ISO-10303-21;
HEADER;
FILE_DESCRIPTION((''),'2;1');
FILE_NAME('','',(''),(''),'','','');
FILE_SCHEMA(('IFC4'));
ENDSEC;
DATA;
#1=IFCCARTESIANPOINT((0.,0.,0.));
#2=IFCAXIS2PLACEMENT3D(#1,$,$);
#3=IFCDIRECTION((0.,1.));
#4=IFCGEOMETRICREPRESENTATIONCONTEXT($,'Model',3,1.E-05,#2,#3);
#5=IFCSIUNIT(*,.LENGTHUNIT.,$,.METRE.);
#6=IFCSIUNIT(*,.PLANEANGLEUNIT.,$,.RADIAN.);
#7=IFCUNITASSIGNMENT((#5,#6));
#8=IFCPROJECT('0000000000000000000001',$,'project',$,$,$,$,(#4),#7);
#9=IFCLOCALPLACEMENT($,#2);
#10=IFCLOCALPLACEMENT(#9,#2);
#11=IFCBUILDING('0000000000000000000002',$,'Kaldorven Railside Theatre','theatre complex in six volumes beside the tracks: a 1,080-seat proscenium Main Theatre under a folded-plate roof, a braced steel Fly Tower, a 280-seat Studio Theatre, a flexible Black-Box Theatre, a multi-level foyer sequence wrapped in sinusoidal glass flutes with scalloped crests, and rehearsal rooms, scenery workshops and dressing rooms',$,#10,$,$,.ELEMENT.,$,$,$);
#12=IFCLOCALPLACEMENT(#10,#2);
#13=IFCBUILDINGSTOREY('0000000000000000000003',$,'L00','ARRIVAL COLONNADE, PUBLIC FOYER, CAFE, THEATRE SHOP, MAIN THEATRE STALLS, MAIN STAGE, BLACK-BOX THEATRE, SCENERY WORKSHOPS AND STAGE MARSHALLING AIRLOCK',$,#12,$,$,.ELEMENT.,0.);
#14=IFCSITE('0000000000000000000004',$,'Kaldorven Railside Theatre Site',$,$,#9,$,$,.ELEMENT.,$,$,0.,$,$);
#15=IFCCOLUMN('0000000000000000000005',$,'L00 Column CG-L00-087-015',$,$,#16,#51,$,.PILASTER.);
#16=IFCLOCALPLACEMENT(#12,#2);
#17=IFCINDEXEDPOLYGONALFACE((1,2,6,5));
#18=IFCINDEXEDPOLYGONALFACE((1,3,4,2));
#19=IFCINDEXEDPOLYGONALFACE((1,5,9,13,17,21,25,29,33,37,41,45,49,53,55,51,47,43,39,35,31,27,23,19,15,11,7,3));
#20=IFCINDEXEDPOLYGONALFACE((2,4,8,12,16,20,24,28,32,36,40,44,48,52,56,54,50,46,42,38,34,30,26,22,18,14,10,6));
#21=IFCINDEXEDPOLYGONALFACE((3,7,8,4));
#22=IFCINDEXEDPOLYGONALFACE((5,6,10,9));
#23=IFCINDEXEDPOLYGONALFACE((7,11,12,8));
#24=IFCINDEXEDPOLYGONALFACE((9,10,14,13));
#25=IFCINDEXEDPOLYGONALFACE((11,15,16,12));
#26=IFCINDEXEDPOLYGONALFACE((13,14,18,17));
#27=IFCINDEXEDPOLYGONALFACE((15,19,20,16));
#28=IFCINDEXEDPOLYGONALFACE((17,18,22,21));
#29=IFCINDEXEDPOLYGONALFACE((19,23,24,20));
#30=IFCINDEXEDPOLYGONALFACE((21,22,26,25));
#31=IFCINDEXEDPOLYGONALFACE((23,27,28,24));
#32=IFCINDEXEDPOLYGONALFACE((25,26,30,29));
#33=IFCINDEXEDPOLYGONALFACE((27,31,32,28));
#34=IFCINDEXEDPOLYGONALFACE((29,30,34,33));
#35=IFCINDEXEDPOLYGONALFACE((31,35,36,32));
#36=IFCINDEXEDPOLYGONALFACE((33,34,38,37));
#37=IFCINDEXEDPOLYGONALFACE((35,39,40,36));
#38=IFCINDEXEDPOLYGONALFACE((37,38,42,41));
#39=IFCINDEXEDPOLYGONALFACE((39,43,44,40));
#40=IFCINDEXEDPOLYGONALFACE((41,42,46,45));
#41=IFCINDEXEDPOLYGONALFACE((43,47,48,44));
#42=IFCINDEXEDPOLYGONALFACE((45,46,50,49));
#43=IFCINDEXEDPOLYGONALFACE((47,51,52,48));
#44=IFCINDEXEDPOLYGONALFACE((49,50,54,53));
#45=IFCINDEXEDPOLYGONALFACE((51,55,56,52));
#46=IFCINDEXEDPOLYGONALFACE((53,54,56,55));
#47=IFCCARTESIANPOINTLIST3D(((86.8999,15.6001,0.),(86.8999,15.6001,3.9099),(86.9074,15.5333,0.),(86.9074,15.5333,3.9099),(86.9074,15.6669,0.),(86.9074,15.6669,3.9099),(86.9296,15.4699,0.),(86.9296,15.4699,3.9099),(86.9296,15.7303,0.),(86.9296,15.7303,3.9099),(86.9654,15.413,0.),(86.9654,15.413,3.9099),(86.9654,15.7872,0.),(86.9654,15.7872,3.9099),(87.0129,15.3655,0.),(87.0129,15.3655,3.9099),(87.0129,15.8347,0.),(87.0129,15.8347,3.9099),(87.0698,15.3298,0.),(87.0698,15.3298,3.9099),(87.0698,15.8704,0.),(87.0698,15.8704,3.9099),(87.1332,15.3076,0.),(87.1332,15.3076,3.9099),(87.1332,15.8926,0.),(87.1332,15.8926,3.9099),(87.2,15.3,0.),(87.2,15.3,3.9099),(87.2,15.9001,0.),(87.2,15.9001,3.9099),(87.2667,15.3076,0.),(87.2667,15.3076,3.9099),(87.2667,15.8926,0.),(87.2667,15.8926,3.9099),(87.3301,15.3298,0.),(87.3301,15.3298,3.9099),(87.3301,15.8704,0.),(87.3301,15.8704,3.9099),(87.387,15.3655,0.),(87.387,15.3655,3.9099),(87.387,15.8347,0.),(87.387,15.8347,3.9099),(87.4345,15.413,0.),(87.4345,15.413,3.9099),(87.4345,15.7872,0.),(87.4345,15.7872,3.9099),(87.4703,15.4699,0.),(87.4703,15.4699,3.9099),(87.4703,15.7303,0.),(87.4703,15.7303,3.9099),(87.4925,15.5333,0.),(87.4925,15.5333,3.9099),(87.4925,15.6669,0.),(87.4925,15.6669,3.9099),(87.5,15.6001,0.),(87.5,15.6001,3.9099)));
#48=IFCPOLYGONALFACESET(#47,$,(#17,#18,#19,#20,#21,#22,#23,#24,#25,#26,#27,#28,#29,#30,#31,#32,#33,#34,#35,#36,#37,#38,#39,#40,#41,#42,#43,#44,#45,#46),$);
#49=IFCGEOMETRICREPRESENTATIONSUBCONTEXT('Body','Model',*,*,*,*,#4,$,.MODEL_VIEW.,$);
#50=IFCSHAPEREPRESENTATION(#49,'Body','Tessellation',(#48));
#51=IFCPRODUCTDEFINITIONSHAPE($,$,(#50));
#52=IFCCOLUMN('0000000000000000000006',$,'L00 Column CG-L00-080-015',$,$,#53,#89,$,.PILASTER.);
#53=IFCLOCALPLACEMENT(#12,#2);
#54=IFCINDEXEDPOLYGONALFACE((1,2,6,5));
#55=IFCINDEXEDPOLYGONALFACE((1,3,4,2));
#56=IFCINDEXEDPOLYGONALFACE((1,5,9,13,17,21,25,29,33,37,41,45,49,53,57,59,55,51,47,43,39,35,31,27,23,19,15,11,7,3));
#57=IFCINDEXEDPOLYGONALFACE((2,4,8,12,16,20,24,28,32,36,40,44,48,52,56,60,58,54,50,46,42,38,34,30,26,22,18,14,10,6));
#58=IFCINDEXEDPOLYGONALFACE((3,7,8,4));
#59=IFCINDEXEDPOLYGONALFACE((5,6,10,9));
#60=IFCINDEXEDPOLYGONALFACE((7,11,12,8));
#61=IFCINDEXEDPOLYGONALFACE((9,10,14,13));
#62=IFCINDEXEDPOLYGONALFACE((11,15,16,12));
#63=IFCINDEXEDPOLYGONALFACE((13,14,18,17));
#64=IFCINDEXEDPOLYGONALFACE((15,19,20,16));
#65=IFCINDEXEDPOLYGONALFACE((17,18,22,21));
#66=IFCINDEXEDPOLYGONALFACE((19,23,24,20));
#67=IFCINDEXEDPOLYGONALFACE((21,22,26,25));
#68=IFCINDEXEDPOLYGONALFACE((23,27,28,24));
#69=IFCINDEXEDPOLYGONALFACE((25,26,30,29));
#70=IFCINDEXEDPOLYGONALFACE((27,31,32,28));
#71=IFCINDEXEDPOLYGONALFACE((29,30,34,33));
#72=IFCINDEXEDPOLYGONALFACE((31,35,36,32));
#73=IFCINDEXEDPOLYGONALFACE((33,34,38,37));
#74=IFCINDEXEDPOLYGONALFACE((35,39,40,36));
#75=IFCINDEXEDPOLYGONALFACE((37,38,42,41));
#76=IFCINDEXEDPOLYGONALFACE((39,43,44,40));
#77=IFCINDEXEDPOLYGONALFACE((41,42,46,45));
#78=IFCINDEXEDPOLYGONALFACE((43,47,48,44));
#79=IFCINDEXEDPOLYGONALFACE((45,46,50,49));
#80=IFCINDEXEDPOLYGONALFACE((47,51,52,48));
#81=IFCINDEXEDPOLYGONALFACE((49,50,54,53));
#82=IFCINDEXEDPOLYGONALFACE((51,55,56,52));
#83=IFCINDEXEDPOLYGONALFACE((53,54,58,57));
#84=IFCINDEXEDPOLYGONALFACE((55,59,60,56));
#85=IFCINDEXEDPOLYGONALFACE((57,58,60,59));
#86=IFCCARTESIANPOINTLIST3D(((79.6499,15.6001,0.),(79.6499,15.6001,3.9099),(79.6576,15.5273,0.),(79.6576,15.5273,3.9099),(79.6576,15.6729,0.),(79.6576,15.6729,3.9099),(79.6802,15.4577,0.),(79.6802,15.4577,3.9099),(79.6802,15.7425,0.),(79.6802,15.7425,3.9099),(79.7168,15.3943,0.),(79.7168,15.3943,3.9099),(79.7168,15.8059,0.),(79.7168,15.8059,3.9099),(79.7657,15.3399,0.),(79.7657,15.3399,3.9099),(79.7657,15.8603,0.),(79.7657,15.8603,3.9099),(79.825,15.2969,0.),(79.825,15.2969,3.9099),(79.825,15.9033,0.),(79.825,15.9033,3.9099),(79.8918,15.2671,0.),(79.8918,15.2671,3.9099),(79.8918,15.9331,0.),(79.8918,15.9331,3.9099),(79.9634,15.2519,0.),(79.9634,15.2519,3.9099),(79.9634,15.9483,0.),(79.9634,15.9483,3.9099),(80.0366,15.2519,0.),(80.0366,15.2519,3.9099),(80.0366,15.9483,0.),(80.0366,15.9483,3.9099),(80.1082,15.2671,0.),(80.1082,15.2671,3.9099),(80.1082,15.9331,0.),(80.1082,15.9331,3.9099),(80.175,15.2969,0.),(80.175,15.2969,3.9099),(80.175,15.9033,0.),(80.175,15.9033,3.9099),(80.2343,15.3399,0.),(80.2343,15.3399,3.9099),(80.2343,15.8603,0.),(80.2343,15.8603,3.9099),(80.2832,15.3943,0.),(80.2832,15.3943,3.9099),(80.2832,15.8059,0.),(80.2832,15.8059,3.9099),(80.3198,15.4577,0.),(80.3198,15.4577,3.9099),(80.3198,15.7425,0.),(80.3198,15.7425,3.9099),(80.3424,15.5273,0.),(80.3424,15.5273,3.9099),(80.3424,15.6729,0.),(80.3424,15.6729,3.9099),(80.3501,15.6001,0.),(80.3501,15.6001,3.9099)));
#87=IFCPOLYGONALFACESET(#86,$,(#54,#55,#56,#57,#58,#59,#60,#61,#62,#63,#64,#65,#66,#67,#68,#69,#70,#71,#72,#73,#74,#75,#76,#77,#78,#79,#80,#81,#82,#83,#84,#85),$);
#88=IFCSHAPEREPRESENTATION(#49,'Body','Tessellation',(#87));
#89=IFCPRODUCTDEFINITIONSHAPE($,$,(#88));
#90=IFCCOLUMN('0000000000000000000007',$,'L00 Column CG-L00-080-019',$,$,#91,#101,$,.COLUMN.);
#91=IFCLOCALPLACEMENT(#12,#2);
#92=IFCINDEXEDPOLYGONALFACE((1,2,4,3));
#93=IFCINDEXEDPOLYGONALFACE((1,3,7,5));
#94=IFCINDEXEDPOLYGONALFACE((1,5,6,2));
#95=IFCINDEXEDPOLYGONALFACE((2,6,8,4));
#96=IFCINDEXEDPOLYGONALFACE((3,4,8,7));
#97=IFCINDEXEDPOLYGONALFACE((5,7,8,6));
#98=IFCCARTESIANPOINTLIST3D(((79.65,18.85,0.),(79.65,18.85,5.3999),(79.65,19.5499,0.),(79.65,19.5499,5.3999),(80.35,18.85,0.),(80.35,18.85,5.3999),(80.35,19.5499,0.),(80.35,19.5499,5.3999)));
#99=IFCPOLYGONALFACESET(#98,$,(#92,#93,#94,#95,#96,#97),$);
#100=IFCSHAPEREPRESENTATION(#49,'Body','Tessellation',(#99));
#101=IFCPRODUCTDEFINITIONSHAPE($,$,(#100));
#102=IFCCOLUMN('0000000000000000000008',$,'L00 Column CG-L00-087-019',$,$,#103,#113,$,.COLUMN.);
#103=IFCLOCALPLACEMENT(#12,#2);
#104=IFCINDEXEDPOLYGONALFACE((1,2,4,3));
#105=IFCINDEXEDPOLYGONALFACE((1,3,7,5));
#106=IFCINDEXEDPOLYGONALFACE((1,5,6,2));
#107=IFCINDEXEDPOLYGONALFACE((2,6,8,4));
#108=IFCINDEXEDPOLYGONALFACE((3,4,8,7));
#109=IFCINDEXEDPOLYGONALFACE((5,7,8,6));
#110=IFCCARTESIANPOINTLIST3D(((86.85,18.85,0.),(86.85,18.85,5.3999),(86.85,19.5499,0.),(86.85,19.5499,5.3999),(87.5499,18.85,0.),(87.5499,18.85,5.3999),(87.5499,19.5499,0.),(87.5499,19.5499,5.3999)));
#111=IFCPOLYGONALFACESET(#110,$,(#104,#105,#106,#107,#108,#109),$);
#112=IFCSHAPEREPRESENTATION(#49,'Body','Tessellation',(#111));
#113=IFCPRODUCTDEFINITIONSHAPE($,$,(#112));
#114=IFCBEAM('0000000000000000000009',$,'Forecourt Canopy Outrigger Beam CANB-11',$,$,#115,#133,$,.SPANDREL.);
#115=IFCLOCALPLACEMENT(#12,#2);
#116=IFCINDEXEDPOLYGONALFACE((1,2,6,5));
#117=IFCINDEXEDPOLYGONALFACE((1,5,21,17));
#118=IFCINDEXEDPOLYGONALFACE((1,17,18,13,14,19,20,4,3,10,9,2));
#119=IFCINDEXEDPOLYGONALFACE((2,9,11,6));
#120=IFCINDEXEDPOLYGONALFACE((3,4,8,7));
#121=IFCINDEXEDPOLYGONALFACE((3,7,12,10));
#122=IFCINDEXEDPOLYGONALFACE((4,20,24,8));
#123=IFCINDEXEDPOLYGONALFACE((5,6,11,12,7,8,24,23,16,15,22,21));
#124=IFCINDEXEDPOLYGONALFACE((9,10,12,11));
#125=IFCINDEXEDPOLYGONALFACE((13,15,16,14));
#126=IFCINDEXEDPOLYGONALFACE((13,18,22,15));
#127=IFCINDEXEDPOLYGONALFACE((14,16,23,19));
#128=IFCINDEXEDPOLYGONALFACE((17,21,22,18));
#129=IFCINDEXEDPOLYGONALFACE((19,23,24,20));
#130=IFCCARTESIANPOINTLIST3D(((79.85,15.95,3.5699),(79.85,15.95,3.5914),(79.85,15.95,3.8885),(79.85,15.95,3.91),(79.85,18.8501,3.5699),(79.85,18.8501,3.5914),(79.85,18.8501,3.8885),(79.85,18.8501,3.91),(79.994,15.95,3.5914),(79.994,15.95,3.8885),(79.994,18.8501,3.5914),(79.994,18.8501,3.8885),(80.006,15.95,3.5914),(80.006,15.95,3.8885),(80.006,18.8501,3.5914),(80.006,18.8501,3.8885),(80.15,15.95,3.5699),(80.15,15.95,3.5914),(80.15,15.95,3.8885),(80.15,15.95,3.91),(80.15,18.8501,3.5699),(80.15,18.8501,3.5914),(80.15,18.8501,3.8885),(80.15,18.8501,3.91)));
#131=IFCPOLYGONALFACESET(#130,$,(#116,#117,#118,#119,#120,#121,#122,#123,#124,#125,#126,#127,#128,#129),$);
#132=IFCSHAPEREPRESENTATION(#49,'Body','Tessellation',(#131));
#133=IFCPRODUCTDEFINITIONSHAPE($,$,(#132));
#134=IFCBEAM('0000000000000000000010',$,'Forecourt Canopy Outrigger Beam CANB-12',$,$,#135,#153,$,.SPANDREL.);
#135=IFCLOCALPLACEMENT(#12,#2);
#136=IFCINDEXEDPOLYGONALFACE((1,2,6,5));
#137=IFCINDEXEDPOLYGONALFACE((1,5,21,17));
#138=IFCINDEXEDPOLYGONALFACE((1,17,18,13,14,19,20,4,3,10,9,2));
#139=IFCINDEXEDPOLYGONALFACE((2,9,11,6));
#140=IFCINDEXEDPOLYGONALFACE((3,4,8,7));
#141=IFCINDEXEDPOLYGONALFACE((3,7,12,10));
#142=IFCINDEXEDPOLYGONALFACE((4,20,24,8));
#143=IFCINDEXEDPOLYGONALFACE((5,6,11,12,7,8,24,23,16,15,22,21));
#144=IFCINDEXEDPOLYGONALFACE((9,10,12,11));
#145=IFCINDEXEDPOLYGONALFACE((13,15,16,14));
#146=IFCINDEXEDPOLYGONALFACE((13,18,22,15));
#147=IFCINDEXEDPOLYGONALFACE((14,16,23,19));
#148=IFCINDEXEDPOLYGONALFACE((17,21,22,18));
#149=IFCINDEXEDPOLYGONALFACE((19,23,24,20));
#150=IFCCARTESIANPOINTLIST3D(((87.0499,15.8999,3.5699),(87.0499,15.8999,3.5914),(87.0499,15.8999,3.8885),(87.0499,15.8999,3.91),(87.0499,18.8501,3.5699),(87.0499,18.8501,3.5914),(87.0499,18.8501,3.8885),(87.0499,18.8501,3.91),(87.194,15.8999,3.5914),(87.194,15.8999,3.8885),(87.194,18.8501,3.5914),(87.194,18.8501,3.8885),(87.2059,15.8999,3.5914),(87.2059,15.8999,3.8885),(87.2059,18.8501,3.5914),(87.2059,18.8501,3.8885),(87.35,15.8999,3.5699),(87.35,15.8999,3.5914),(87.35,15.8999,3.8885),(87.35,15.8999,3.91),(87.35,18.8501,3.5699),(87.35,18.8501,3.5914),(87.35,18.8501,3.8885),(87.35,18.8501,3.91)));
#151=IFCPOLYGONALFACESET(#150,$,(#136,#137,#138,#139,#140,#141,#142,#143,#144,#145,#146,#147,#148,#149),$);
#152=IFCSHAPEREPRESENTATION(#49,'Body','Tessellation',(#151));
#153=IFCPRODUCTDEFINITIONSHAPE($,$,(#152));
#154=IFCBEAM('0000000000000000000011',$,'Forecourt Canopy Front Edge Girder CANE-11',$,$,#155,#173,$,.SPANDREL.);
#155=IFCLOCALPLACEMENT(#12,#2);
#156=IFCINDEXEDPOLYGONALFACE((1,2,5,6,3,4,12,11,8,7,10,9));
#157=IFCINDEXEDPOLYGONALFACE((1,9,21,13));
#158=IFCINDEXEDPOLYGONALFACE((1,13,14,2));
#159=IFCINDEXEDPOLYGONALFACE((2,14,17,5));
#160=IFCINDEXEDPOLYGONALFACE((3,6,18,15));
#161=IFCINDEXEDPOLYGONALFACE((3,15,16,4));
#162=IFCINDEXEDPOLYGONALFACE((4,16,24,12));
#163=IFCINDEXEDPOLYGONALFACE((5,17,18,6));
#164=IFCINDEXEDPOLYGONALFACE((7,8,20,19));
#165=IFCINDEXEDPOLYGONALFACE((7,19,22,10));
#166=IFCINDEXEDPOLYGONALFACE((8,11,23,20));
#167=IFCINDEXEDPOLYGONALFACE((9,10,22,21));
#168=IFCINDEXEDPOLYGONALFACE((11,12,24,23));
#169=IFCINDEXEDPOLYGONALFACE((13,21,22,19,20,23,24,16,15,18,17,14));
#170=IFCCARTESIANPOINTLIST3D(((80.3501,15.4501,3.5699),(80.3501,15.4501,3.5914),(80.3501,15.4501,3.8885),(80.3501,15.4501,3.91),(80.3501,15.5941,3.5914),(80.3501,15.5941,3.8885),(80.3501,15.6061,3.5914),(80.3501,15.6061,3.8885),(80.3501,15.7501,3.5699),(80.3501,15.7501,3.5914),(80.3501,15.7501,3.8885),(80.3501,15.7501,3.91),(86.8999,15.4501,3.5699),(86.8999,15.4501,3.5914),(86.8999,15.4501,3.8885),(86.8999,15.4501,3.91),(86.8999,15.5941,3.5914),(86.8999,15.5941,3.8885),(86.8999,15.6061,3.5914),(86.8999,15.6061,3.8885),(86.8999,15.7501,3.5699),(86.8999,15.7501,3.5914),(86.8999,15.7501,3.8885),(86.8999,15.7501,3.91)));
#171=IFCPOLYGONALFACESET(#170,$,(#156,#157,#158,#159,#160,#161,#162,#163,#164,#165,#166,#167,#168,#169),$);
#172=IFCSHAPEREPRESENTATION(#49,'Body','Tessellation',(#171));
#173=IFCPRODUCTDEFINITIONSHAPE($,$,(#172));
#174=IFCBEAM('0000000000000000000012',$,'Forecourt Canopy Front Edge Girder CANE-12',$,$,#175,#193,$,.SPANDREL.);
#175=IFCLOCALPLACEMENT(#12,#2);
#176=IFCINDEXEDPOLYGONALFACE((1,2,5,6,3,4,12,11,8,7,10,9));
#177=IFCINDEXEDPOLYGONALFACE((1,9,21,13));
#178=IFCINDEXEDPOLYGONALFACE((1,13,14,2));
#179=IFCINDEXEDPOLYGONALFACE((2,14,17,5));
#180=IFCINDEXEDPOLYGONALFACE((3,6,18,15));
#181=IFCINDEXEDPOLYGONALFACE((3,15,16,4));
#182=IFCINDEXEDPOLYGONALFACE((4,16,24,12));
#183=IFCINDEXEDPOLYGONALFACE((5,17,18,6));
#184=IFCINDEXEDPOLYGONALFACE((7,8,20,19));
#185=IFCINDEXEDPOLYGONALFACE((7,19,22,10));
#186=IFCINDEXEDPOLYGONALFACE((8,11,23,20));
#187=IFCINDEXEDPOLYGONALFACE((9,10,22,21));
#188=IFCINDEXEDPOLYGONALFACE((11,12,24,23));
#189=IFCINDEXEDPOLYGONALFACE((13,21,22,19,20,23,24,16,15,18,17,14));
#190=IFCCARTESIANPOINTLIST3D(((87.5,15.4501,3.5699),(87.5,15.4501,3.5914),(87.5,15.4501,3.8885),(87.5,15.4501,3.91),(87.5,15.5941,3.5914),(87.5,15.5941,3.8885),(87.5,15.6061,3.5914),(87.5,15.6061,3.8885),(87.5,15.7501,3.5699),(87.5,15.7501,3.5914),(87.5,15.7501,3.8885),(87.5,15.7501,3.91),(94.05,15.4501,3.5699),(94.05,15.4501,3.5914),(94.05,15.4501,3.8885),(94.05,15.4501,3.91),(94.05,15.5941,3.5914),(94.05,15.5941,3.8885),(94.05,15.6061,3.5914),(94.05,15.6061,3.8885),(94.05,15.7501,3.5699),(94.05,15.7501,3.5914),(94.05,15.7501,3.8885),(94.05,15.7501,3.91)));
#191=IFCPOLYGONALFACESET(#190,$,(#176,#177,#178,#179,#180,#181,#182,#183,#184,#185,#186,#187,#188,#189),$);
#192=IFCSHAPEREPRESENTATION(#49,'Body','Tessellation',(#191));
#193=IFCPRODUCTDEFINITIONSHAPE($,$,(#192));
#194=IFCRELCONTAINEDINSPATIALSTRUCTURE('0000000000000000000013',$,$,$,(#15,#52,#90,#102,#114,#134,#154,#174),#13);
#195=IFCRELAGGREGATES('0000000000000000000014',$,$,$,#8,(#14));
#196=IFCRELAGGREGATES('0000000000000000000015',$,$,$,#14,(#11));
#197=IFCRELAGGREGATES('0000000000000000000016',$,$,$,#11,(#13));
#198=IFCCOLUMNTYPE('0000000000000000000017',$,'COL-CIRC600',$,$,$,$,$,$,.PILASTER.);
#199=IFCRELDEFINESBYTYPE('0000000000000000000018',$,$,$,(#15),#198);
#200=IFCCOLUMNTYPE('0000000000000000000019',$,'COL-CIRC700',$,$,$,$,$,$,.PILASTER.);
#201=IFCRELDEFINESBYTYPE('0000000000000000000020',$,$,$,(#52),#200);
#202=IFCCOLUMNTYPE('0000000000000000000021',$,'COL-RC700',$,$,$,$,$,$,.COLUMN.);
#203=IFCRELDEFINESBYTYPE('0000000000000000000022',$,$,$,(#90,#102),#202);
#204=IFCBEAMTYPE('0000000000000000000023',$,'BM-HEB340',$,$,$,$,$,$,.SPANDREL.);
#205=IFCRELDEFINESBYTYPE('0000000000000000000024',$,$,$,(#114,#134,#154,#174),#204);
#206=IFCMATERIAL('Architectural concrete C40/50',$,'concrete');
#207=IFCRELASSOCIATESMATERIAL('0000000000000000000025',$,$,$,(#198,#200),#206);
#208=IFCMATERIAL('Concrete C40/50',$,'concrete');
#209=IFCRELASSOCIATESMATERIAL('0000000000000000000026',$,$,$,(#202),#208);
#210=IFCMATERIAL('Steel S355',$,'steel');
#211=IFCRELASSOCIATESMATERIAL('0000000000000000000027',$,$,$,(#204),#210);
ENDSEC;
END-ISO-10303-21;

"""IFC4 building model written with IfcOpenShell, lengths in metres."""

from ifc_helpers import new_model, si_unit, direction, frame, origin, origin_2d, place, context, subcontext, project, spatial, rectangle, circle, i_section, extrude, material, material_profile, profile_set, type_object, element, save


model = new_model("IFC4")

# Units and contexts
model_context = context("Model", 3, precision=1e-05, world=origin(), true_north=direction((0.0, 1.0)))
body_context = subcontext(model_context, "Body", "Model", "MODEL_VIEW")
ifc_project = project(units=[si_unit("LENGTHUNIT", "METRE"), si_unit("PLANEANGLEUNIT", "RADIAN")], contexts=[model_context])

# Site, building, storey
site_placement = place(None, origin())
site = spatial("IfcSite", under=ifc_project, at=site_placement, Name="Kaldorven Railside Theatre Site", CompositionType="ELEMENT", RefElevation=0.0)
building_placement = place(site_placement, origin())
building = spatial("IfcBuilding", under=site, at=building_placement, Name="Kaldorven Railside Theatre", Description="theatre complex in six volumes beside the tracks: a 1,080-seat proscenium Main Theatre under a folded-plate roof, a braced steel Fly Tower, a 280-seat Studio Theatre, a flexible Black-Box Theatre, a multi-level foyer sequence wrapped in sinusoidal glass flutes with scalloped crests, and rehearsal rooms, scenery workshops and dressing rooms", CompositionType="ELEMENT")
storey_placement = place(building_placement, origin())
storey = spatial("IfcBuildingStorey", under=building, at=storey_placement, Name="L00", Description="ARRIVAL COLONNADE, PUBLIC FOYER, CAFE, THEATRE SHOP, MAIN THEATRE STALLS, MAIN STAGE, BLACK-BOX THEATRE, SCENERY WORKSHOPS AND STAGE MARSHALLING AIRLOCK", CompositionType="ELEMENT", Elevation=0.0)

# Columns
ifc_material_1 = material(Name="Architectural concrete C40/50", Category="concrete")
ifc_material_profile_1 = material_profile(ifc_material_1, circle(Radius=0.3, at=origin_2d()), Name="RC D600")
ifc_profile_set_1 = profile_set([ifc_material_profile_1], Name="Architectural concrete C40/50")
column_type_1 = type_object("IfcColumnType", Name="COL-CIRC600", PredefinedType="PILASTER", material=ifc_profile_set_1)
column_1_placement = place(storey_placement, frame((87.2, 15.6001, 0.0), z_axis=(0.0, 0.0, 1.0), x_axis=(1.0, 0.0, 0.0)))
element("IfcColumn", 1, at=column_1_placement, inside=storey, type_object=column_type_1, Name="L00 Column CG-L00-087-015", PredefinedType="PILASTER", context=body_context, shape_type="SweptSolid", body=[
    extrude(circle(Radius=0.3, at=origin_2d()), origin(), (0.0, 0.0, 1.0), 3.9099),
])
ifc_material_profile_2 = material_profile(ifc_material_1, circle(Radius=0.3501, at=origin_2d()), Name="RC D700")
ifc_profile_set_2 = profile_set([ifc_material_profile_2], Name="Architectural concrete C40/50")
column_type_2 = type_object("IfcColumnType", Name="COL-CIRC700", PredefinedType="PILASTER", material=ifc_profile_set_2)
column_2_placement = place(storey_placement, frame((80.0, 15.6001, 0.0), z_axis=(0.0, 0.0, 1.0), x_axis=(1.0, 0.0, 0.0)))
element("IfcColumn", 2, at=column_2_placement, inside=storey, type_object=column_type_2, Name="L00 Column CG-L00-080-015", PredefinedType="PILASTER", context=body_context, shape_type="SweptSolid", body=[
    extrude(circle(Radius=0.3501, at=origin_2d()), origin(), (0.0, 0.0, 1.0), 3.9099),
])
ifc_material_2 = material(Name="Concrete C40/50", Category="concrete")
ifc_material_profile_3 = material_profile(ifc_material_2, rectangle(XDim=0.7, YDim=0.7, at=origin_2d()), Name="RC 700x700")
ifc_profile_set_3 = profile_set([ifc_material_profile_3], Name="Concrete C40/50")
column_type_3 = type_object("IfcColumnType", Name="COL-RC700", PredefinedType="COLUMN", material=ifc_profile_set_3)
for number, where, z_axis, x_axis, name in (
    (3, (80.0, 19.2, 0.0), (0.0, 0.0, 1.0), (0.0, 1.0, 0.0), "L00 Column CG-L00-080-019"),
    (4, (87.2, 19.2, 0.0), (0.0, 0.0, 1.0), (1.0, 0.0, 0.0), "L00 Column CG-L00-087-019"),
):
    element("IfcColumn", number, at=place(storey_placement, frame(where, z_axis=z_axis, x_axis=x_axis)), inside=storey, type_object=column_type_3, Name=name, PredefinedType="COLUMN", context=body_context, shape_type="SweptSolid", body=[
        extrude(rectangle(XDim=0.7, YDim=0.7, at=origin_2d()), origin(), (0.0, 0.0, 1.0), 5.3999),
    ])

# Beams
ifc_material_3 = material(Name="Steel S355", Category="steel")
ifc_material_profile_4 = material_profile(ifc_material_3, i_section(OverallWidth=0.3, OverallDepth=0.3401, WebThickness=0.012, FlangeThickness=0.0215, at=origin_2d()), Name="HEB 340")
ifc_profile_set_4 = profile_set([ifc_material_profile_4], Name="Steel S355")
beam_type_1 = type_object("IfcBeamType", Name="BM-HEB340", PredefinedType="SPANDREL", material=ifc_profile_set_4)
beam_1_placement = place(storey_placement, frame((80.0, 15.95, 3.74), z_axis=(0.0, 1.0, 0.0), x_axis=(-1.0, 0.0, 0.0)))
element("IfcBeam", 5, at=beam_1_placement, inside=storey, type_object=beam_type_1, Name="Forecourt Canopy Outrigger Beam CANB-11", PredefinedType="SPANDREL", context=body_context, shape_type="SweptSolid", body=[
    extrude(i_section(OverallWidth=0.3, OverallDepth=0.3401, WebThickness=0.012, FlangeThickness=0.0215, at=origin_2d()), origin(), (0.0, 0.0, 1.0), 2.9001),
])
beam_2_placement = place(storey_placement, frame((87.2, 15.8999, 3.74), z_axis=(0.0, 1.0, 0.0), x_axis=(-1.0, 0.0, 0.0)))
element("IfcBeam", 6, at=beam_2_placement, inside=storey, type_object=beam_type_1, Name="Forecourt Canopy Outrigger Beam CANB-12", PredefinedType="SPANDREL", context=body_context, shape_type="SweptSolid", body=[
    extrude(i_section(OverallWidth=0.3, OverallDepth=0.3401, WebThickness=0.012, FlangeThickness=0.0215, at=origin_2d()), origin(), (0.0, 0.0, 1.0), 2.9502),
])
beam_3_placement = place(storey_placement, frame((80.3501, 15.6001, 3.74), z_axis=(1.0, 0.0, 0.0), x_axis=(0.0, 1.0, 0.0)))
element("IfcBeam", 7, at=beam_3_placement, inside=storey, type_object=beam_type_1, Name="Forecourt Canopy Front Edge Girder CANE-11", PredefinedType="SPANDREL", context=body_context, shape_type="SweptSolid", body=[
    extrude(i_section(OverallWidth=0.3, OverallDepth=0.3401, WebThickness=0.012, FlangeThickness=0.0215, at=origin_2d()), origin(), (0.0, 0.0, 1.0), 6.5498),
])
beam_4_placement = place(storey_placement, frame((87.5, 15.6001, 3.74), z_axis=(1.0, 0.0, 0.0), x_axis=(0.0, 1.0, 0.0)))
element("IfcBeam", 8, at=beam_4_placement, inside=storey, type_object=beam_type_1, Name="Forecourt Canopy Front Edge Girder CANE-12", PredefinedType="SPANDREL", context=body_context, shape_type="SweptSolid", body=[
    extrude(i_section(OverallWidth=0.3, OverallDepth=0.3401, WebThickness=0.012, FlangeThickness=0.0215, at=origin_2d()), origin(), (0.0, 0.0, 1.0), 6.55),
])

save(model, "model.ifc")
